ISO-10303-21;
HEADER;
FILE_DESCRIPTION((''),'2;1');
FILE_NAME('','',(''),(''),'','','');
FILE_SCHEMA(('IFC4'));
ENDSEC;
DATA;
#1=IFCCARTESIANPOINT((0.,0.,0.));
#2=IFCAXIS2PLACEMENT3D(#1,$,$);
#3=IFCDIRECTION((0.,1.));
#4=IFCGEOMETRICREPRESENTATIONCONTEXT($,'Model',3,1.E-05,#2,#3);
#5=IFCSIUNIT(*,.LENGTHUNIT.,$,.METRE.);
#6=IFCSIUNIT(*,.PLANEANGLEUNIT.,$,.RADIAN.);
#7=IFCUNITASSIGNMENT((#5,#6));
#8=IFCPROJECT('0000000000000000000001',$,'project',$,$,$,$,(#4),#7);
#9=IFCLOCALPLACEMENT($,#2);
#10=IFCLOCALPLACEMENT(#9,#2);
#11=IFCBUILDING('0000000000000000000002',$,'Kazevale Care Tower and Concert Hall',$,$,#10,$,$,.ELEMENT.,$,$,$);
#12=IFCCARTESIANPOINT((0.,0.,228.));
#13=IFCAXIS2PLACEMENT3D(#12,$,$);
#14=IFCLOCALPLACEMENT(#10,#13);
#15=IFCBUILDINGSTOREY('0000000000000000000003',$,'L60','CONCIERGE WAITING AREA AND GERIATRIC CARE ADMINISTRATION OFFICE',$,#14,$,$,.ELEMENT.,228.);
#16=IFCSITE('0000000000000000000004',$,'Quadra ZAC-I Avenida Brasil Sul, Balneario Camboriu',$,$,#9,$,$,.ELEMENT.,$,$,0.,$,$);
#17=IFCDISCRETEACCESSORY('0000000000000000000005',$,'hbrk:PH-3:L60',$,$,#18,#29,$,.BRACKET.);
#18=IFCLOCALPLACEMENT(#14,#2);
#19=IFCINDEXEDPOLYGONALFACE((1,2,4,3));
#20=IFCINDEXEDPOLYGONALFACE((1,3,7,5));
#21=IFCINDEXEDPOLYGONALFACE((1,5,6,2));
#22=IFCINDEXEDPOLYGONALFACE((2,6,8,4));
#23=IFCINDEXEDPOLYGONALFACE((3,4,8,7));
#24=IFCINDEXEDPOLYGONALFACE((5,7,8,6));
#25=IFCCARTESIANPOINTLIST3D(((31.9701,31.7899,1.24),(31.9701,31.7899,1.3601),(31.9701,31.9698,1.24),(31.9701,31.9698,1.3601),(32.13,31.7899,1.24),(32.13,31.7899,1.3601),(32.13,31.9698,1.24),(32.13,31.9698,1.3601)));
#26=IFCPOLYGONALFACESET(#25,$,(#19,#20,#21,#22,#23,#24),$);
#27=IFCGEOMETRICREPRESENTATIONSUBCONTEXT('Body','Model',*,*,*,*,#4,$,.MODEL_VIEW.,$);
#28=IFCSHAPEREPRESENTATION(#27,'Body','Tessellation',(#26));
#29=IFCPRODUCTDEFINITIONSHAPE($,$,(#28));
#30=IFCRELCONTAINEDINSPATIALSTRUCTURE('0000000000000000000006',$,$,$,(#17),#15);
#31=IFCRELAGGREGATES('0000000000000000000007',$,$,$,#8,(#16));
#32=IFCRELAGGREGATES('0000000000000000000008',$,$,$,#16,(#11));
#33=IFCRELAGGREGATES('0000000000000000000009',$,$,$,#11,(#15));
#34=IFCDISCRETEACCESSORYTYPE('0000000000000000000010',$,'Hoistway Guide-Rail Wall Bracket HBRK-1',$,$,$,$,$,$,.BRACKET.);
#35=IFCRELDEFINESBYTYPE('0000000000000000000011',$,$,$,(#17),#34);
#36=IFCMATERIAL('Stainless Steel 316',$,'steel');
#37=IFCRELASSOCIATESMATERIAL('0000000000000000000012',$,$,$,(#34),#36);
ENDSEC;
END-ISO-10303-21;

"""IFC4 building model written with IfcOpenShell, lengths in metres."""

from ifc_helpers import new_model, si_unit, direction, frame, origin, origin_2d, place, context, subcontext, project, spatial, rectangle, extrude, material, type_object, element, save


model = new_model("IFC4")

# Units and contexts
model_context = context("Model", 3, precision=1e-05, world=origin(), true_north=direction((0.0, 1.0)))
body_context = subcontext(model_context, "Body", "Model", "MODEL_VIEW")
ifc_project = project(units=[si_unit("LENGTHUNIT", "METRE"), si_unit("PLANEANGLEUNIT", "RADIAN")], contexts=[model_context])

# Site, building, storey
site_placement = place(None, origin())
site = spatial("IfcSite", under=ifc_project, at=site_placement, Name="Quadra ZAC-I Avenida Brasil Sul, Balneario Camboriu", CompositionType="ELEMENT", RefElevation=0.0)
building_placement = place(site_placement, origin())
building = spatial("IfcBuilding", under=site, at=building_placement, Name="Kazevale Care Tower and Concert Hall", CompositionType="ELEMENT")
storey_placement = place(building_placement, frame((0.0, 0.0, 228.0)))
storey = spatial("IfcBuildingStorey", under=building, at=storey_placement, Name="L60", Description="CONCIERGE WAITING AREA AND GERIATRIC CARE ADMINISTRATION OFFICE", CompositionType="ELEMENT", Elevation=228.0)

# Shared definitions
ifc_material_1 = material(Name="Stainless Steel 316", Category="steel")

# Discrete accessory
discrete_accessory_type = type_object("IfcDiscreteAccessoryType", Name="Hoistway Guide-Rail Wall Bracket HBRK-1", PredefinedType="BRACKET", material=ifc_material_1)
for number, where, z_axis, x_axis, name in (
    (1, (32.05, 31.8799, 1.24), (0.0, 0.0, 1.0), (1.0, 0.0, 0.0), "hbrk:PH-3:L60"),
):
    element("IfcDiscreteAccessory", number, at=place(storey_placement, frame(where, z_axis=z_axis, x_axis=x_axis)), inside=storey, type_object=discrete_accessory_type, Name=name, PredefinedType="BRACKET", context=body_context, shape_type="SweptSolid", body=[
        extrude(rectangle(XDim=0.1599, YDim=0.1799, at=origin_2d()), origin(), (0.0, 0.0, 1.0), 0.1201),
    ])

save(model, "model.ifc")
